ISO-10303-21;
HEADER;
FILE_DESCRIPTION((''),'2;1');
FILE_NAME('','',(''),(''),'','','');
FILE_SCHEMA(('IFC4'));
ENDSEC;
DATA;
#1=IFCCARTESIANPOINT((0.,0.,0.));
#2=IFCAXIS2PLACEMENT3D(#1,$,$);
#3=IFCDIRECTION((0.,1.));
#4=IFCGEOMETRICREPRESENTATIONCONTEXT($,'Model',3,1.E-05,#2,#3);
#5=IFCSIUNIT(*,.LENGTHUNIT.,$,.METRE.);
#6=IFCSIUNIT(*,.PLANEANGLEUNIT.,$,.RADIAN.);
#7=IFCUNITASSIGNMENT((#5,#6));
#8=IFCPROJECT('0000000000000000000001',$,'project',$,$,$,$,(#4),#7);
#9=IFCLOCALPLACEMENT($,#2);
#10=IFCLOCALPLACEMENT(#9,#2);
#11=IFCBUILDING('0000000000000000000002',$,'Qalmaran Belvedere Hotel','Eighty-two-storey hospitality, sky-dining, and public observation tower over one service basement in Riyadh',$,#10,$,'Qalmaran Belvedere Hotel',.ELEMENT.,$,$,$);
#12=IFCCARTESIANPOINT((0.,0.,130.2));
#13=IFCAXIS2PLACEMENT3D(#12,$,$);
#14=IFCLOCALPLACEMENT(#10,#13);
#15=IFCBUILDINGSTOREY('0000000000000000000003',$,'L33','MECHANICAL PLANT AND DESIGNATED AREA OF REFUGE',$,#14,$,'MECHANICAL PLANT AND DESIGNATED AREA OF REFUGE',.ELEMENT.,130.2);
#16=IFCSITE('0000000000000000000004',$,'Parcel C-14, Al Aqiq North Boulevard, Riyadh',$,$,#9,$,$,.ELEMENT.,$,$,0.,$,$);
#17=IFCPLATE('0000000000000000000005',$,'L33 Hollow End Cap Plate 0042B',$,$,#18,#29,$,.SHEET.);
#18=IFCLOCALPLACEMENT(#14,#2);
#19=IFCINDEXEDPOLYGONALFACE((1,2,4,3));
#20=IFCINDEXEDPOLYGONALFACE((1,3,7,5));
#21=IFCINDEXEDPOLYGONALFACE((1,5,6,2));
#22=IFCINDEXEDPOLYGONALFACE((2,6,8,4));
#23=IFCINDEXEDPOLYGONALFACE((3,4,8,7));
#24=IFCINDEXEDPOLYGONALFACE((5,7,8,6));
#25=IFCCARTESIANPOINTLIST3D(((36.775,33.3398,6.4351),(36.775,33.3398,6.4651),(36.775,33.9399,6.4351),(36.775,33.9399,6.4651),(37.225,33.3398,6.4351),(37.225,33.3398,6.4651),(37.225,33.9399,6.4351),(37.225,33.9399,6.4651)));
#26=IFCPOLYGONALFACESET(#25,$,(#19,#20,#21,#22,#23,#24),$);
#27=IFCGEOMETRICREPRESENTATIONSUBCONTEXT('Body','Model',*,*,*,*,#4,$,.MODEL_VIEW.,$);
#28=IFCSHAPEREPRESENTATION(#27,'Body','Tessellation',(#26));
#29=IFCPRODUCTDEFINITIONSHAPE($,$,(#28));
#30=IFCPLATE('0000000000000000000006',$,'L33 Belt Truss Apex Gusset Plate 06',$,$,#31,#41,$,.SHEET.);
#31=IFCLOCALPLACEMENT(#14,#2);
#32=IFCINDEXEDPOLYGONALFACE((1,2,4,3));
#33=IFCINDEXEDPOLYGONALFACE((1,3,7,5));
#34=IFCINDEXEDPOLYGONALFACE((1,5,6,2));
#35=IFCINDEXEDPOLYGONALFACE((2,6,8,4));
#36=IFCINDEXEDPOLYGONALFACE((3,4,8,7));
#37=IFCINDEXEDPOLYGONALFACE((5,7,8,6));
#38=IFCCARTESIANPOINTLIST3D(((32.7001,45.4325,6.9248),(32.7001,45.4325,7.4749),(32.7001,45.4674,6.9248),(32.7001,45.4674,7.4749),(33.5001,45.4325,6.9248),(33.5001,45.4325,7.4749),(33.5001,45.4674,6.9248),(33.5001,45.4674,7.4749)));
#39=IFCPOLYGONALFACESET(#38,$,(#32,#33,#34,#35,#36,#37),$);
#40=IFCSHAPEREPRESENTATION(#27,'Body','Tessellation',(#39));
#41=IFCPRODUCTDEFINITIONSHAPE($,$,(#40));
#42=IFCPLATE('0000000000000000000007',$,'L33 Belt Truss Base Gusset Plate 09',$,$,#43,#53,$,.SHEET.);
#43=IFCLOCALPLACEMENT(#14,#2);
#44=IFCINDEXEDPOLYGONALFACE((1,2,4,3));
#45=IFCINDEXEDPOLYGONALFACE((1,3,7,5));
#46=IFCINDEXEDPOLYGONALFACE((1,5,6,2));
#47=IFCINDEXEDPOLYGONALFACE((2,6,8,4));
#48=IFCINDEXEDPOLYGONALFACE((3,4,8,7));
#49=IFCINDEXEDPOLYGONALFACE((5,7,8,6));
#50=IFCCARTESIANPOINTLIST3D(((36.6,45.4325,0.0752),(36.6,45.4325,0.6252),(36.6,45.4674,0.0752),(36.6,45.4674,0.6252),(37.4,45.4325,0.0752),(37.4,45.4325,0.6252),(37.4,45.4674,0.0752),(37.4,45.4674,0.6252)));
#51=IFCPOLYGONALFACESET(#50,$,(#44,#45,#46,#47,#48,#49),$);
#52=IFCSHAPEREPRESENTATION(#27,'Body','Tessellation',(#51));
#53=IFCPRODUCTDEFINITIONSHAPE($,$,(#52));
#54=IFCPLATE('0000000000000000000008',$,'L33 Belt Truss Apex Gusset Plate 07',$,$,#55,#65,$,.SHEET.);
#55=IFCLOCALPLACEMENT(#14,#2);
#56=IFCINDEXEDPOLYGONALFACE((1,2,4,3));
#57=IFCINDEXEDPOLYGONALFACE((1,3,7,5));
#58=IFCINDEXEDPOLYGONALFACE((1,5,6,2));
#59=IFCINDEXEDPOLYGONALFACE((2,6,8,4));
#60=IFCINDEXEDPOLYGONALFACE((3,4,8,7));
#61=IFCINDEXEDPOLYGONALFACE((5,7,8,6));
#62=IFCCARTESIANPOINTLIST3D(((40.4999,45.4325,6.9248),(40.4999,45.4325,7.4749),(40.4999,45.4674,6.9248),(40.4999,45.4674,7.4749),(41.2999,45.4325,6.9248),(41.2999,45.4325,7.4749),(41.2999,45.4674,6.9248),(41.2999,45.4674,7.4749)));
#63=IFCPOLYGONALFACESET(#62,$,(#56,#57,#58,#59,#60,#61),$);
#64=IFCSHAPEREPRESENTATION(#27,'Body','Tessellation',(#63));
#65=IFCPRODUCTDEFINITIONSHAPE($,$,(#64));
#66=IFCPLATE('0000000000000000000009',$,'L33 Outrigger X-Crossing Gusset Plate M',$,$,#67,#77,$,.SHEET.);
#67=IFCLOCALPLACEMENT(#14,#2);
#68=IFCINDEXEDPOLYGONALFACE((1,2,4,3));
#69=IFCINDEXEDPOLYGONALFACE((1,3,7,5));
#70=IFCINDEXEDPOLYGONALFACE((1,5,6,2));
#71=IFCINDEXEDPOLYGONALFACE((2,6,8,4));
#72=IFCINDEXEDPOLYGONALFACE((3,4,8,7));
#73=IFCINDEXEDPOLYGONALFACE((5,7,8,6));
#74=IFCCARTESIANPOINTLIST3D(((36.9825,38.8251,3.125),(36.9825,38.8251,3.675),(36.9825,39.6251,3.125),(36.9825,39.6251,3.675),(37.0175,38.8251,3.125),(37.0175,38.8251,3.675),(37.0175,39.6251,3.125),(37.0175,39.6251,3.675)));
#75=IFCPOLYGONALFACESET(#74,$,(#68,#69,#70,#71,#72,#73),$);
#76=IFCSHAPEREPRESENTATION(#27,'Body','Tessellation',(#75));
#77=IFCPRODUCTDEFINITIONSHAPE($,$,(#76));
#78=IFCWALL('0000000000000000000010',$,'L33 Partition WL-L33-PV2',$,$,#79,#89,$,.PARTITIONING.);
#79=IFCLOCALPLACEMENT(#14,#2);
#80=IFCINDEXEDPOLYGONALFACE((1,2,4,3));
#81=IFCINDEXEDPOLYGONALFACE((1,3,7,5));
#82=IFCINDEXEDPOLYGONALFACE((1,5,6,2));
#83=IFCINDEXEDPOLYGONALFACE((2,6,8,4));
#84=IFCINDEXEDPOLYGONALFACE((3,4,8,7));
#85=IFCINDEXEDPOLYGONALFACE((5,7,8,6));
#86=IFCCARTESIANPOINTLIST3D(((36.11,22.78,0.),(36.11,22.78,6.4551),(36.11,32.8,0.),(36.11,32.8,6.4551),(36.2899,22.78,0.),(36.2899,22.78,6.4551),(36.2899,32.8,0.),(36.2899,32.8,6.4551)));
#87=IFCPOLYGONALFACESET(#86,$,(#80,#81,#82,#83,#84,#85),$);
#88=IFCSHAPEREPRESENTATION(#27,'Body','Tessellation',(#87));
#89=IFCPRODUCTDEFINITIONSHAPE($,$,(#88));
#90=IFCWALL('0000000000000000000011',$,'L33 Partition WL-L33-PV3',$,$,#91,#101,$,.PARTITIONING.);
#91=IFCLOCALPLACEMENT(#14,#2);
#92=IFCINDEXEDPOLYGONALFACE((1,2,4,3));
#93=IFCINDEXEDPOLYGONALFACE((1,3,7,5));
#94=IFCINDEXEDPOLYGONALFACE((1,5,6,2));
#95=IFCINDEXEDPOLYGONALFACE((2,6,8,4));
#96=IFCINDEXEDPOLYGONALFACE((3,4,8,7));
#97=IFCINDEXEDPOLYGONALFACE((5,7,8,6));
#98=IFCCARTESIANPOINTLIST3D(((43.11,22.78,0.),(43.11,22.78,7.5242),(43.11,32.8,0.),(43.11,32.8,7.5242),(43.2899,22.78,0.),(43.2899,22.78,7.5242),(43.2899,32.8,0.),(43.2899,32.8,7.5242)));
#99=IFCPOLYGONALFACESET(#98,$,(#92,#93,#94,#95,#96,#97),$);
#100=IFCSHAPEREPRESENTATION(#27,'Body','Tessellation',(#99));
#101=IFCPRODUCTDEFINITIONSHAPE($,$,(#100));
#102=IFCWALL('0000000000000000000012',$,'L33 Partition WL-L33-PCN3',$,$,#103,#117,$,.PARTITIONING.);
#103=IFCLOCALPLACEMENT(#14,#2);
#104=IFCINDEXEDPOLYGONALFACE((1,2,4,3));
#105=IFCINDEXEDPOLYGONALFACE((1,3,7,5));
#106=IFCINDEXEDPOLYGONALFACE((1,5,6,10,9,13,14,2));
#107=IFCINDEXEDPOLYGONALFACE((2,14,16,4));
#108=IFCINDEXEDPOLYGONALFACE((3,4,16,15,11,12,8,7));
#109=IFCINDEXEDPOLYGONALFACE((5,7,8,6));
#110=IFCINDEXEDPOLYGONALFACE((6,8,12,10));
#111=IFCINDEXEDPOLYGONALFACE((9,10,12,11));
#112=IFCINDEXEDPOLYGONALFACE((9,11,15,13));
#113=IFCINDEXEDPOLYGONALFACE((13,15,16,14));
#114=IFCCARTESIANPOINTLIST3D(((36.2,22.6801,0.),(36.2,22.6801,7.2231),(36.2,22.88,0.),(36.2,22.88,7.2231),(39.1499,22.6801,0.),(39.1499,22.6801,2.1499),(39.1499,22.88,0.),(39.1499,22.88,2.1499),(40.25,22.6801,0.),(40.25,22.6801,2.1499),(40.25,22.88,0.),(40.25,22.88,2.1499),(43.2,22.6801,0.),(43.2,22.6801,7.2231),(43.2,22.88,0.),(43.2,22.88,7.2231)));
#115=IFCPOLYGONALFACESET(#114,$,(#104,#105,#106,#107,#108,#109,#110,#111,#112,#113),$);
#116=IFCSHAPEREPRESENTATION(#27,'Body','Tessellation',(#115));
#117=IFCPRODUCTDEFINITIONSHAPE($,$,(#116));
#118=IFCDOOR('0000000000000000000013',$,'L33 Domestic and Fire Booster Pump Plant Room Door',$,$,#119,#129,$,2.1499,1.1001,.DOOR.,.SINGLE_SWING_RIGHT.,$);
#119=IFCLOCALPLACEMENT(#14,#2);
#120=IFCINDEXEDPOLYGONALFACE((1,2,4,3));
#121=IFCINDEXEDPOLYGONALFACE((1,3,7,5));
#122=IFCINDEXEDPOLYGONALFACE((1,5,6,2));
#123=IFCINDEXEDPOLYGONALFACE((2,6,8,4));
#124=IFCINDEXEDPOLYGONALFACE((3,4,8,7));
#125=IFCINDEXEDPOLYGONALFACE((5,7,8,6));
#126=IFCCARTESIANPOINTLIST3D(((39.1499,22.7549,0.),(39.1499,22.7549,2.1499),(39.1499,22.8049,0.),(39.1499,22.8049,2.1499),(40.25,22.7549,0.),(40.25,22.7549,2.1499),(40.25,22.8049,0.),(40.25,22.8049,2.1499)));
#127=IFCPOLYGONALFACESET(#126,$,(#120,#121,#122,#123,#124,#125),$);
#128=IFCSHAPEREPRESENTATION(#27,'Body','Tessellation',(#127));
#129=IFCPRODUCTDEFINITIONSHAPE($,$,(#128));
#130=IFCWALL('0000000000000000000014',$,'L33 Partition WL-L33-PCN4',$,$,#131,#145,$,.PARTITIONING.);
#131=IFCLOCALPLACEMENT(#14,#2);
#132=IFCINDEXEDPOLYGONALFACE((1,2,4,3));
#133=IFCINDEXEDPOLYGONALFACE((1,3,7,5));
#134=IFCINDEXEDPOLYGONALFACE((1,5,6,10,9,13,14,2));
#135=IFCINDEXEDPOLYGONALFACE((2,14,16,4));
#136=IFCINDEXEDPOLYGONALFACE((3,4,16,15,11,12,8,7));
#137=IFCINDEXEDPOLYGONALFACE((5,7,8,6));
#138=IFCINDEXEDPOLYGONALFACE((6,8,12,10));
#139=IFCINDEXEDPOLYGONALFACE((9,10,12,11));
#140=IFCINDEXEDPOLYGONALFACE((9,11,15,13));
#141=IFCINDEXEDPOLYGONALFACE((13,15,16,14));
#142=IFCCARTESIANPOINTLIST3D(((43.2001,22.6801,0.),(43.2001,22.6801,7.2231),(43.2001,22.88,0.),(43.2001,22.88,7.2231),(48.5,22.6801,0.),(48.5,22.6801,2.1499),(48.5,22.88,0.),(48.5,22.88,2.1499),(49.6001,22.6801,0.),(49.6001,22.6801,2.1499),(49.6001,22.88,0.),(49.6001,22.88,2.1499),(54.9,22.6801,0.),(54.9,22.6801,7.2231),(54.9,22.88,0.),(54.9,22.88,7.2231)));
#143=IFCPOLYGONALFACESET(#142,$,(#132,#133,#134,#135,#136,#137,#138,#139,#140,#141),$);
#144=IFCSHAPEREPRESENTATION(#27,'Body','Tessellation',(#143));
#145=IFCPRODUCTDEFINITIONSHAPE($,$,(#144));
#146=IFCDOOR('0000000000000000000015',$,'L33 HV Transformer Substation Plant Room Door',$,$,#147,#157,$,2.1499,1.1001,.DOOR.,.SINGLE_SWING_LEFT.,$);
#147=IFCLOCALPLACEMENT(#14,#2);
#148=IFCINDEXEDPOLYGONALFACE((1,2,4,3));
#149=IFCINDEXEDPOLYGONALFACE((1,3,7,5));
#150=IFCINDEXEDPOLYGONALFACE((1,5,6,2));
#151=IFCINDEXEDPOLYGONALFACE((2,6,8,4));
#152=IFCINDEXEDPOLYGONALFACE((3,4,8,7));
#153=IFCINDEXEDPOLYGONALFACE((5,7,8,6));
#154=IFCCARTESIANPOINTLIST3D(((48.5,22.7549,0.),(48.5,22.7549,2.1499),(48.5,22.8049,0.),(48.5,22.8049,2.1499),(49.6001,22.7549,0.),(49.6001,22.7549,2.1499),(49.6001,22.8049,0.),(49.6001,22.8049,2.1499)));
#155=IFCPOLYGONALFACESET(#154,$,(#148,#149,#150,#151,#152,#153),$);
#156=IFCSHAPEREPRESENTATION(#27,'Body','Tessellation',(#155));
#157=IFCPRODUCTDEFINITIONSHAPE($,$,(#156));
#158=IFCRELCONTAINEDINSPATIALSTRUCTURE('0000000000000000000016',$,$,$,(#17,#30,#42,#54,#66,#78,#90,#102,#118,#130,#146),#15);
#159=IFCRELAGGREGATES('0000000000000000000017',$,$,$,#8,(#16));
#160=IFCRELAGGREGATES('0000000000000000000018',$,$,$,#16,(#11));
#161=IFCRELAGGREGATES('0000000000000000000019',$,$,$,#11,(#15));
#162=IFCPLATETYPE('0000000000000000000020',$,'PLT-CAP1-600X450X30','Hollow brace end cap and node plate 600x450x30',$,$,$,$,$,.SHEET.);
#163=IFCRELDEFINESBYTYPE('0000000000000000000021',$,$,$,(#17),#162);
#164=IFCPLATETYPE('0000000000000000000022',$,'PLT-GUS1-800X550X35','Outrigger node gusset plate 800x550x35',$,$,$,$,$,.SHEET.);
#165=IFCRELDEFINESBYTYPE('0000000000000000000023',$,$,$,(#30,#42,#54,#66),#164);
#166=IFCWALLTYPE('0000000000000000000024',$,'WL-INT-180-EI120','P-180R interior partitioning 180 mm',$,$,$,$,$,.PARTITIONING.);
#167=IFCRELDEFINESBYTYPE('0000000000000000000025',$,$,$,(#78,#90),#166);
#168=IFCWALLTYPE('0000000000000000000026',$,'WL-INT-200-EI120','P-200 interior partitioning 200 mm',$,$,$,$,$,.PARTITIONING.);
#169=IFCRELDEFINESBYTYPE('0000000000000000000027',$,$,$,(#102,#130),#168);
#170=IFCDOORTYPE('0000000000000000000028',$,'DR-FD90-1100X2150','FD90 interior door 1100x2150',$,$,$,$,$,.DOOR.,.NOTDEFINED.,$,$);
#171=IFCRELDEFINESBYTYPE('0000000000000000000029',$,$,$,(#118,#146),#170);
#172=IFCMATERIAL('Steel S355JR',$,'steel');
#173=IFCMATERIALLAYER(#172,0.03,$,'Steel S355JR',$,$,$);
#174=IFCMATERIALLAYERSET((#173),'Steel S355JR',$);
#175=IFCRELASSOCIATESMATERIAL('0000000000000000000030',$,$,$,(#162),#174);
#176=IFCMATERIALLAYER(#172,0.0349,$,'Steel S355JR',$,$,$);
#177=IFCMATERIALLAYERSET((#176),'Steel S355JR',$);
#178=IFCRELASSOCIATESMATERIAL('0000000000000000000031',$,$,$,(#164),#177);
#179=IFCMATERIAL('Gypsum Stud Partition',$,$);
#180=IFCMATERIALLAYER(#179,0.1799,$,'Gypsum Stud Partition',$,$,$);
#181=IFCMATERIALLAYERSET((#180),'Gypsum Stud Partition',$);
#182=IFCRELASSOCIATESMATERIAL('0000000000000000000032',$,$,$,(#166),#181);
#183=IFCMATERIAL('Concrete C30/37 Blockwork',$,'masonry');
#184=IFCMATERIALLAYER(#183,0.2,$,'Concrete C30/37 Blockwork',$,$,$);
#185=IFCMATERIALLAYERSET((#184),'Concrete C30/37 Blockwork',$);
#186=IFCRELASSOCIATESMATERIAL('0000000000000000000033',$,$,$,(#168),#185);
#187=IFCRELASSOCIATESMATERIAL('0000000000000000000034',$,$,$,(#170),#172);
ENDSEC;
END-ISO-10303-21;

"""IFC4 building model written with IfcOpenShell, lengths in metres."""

from ifc_helpers import new_model, si_unit, direction, frame, frame_2d, origin, origin_2d, place, context, subcontext, project, spatial, rectangle, extrude, material, layer, layer_set, type_object, element, fill, save


model = new_model("IFC4")

# Units and contexts
model_context = context("Model", 3, precision=1e-05, world=origin(), true_north=direction((0.0, 1.0)))
body_context = subcontext(model_context, "Body", "Model", "MODEL_VIEW")
ifc_project = project(units=[si_unit("LENGTHUNIT", "METRE"), si_unit("PLANEANGLEUNIT", "RADIAN")], contexts=[model_context])

# Site, building, storey
site_placement = place(None, origin())
site = spatial("IfcSite", under=ifc_project, at=site_placement, Name="Parcel C-14, Al Aqiq North Boulevard, Riyadh", CompositionType="ELEMENT", RefElevation=0.0)
building_placement = place(site_placement, origin())
building = spatial("IfcBuilding", under=site, at=building_placement, Name="Qalmaran Belvedere Hotel", Description="Eighty-two-storey hospitality, sky-dining, and public observation tower over one service basement in Riyadh", LongName="Qalmaran Belvedere Hotel", CompositionType="ELEMENT")
storey_placement = place(building_placement, frame((0.0, 0.0, 130.2)))
storey = spatial("IfcBuildingStorey", under=building, at=storey_placement, Name="L33", Description="MECHANICAL PLANT AND DESIGNATED AREA OF REFUGE", LongName="MECHANICAL PLANT AND DESIGNATED AREA OF REFUGE", CompositionType="ELEMENT", Elevation=130.2)

# Shared definitions
ifc_material_1 = material(Name="Steel S355JR", Category="steel")

# Plates
ifc_layer_1 = layer(ifc_material_1, 0.03, Name="Steel S355JR")
ifc_layer_set_1 = layer_set([ifc_layer_1], Name="Steel S355JR")
plate_type_1 = type_object("IfcPlateType", Name="PLT-CAP1-600X450X30", Description="Hollow brace end cap and node plate 600x450x30", PredefinedType="SHEET", material=ifc_layer_set_1)
for number, where, z_axis, x_axis, name in (
    (1, (37.0, 33.6399, 6.4351), (0.0, 0.0, 1.0), (0.0, -1.0, 0.0), "L33 Hollow End Cap Plate 0042B"),
):
    element("IfcPlate", number, at=place(storey_placement, frame(where, z_axis=z_axis, x_axis=x_axis)), inside=storey, type_object=plate_type_1, Name=name, PredefinedType="SHEET", context=body_context, shape_type="SweptSolid", body=[
        extrude(rectangle(XDim=0.6001, YDim=0.45, at=origin_2d()), origin(), (0.0, 0.0, 1.0), 0.03),
    ])
ifc_layer_2 = layer(ifc_material_1, 0.0349, Name="Steel S355JR")
ifc_layer_set_2 = layer_set([ifc_layer_2], Name="Steel S355JR")
plate_type_2 = type_object("IfcPlateType", Name="PLT-GUS1-800X550X35", Description="Outrigger node gusset plate 800x550x35", PredefinedType="SHEET", material=ifc_layer_set_2)
for number, where, z_axis, x_axis, name in (
    (2, (33.1001, 45.45, 6.9248), (0.0, 0.0, 1.0), (1.0, 0.0, 0.0), "L33 Belt Truss Apex Gusset Plate 06"),
    (3, (37.0, 45.45, 0.0752), (0.0, 0.0, 1.0), (1.0, 0.0, 0.0), "L33 Belt Truss Base Gusset Plate 09"),
    (4, (40.8999, 45.45, 6.9248), (0.0, 0.0, 1.0), (1.0, 0.0, 0.0), "L33 Belt Truss Apex Gusset Plate 07"),
    (5, (37.0, 39.2251, 3.125), (0.0, 0.0, 1.0), (0.0, 1.0, 0.0), "L33 Outrigger X-Crossing Gusset Plate M"),
):
    element("IfcPlate", number, at=place(storey_placement, frame(where, z_axis=z_axis, x_axis=x_axis)), inside=storey, type_object=plate_type_2, Name=name, PredefinedType="SHEET", context=body_context, shape_type="SweptSolid", body=[
        extrude(rectangle(XDim=0.8, YDim=0.0349, at=origin_2d()), origin(), (0.0, 0.0, 1.0), 0.55),
    ])

# Walls
ifc_material_2 = material(Name="Gypsum Stud Partition")
ifc_layer_3 = layer(ifc_material_2, 0.1799, Name="Gypsum Stud Partition")
ifc_layer_set_3 = layer_set([ifc_layer_3], Name="Gypsum Stud Partition")
wall_type_1 = type_object("IfcWallType", Name="WL-INT-180-EI120", Description="P-180R interior partitioning 180 mm", PredefinedType="PARTITIONING", material=ifc_layer_set_3)
wall_1_placement = place(storey_placement, frame((36.2, 22.78, 0.0), z_axis=(0.0, 0.0, 1.0), x_axis=(0.0, 1.0, 0.0)))
element("IfcWall", 6, at=wall_1_placement, inside=storey, type_object=wall_type_1, Name="L33 Partition WL-L33-PV2", PredefinedType="PARTITIONING", context=body_context, shape_type="SweptSolid", body=[
    extrude(rectangle(XDim=10.02, YDim=0.1799, at=frame_2d((5.01, 0.0))), origin(), (0.0, 0.0, 1.0), 6.4551),
])
wall_2_placement = place(storey_placement, frame((43.2, 22.78, 0.0), z_axis=(0.0, 0.0, 1.0), x_axis=(0.0, 1.0, 0.0)))
element("IfcWall", 7, at=wall_2_placement, inside=storey, type_object=wall_type_1, Name="L33 Partition WL-L33-PV3", PredefinedType="PARTITIONING", context=body_context, shape_type="SweptSolid", body=[
    extrude(rectangle(XDim=10.02, YDim=0.1799, at=frame_2d((5.01, 0.0))), origin(), (0.0, 0.0, 1.0), 7.5242),
])

# Walls, openings, doors
ifc_material_3 = material(Name="Concrete C30/37 Blockwork", Category="masonry")
ifc_layer_4 = layer(ifc_material_3, 0.2, Name="Concrete C30/37 Blockwork")
ifc_layer_set_4 = layer_set([ifc_layer_4], Name="Concrete C30/37 Blockwork")
wall_type_2 = type_object("IfcWallType", Name="WL-INT-200-EI120", Description="P-200 interior partitioning 200 mm", PredefinedType="PARTITIONING", material=ifc_layer_set_4)
wall_3_placement = place(storey_placement, frame((36.2, 22.78, 0.0), z_axis=(0.0, 0.0, 1.0), x_axis=(1.0, 0.0, 0.0)))
wall_3 = element("IfcWall", 8, at=wall_3_placement, inside=storey, type_object=wall_type_2, Name="L33 Partition WL-L33-PCN3", PredefinedType="PARTITIONING", context=body_context, shape_type="SweptSolid", body=[
    extrude(rectangle(XDim=7.0, YDim=0.2, at=frame_2d((3.5, 0.0))), origin(), (0.0, 0.0, 1.0), 7.2231),
])
opening_1_placement = place(wall_3_placement, frame((2.95, 0.0, 0.0)))
opening_1 = element("IfcOpeningElement", 9, at=opening_1_placement, cuts=wall_3, PredefinedType="OPENING", context=body_context, shape_type="SweptSolid", body=[
    extrude(rectangle(XDim=1.1001, YDim=2.1499, at=frame_2d((0.55, 1.075))), frame((0.0, 0.1099, 0.0), z_axis=(0.0, -1.0, 0.0), x_axis=(1.0, 0.0, 0.0)), (0.0, 0.0, 1.0), 0.22),
])
door_type = type_object("IfcDoorType", Name="DR-FD90-1100X2150", Description="FD90 interior door 1100x2150", OperationType="NOTDEFINED", PredefinedType="DOOR", material=ifc_material_1)
door_1_placement = place(opening_1_placement, origin())
door_1 = element("IfcDoor", 10, at=door_1_placement, inside=storey, type_object=door_type, Name="L33 Domestic and Fire Booster Pump Plant Room Door", OperationType="SINGLE_SWING_RIGHT", OverallHeight=2.1499, OverallWidth=1.1001, PredefinedType="DOOR", context=body_context, shape_type="SweptSolid", body=[
    extrude(rectangle(XDim=1.1001, YDim=2.1499, at=frame_2d((0.55, 1.075))), frame((0.0, 0.0249, 0.0), z_axis=(0.0, -1.0, 0.0), x_axis=(1.0, 0.0, 0.0)), (0.0, 0.0, 1.0), 0.05),
])
fill(opening_1, door_1)
wall_4_placement = place(storey_placement, frame((43.2, 22.78, 0.0), z_axis=(0.0, 0.0, 1.0), x_axis=(1.0, 0.0, 0.0)))
wall_4 = element("IfcWall", 11, at=wall_4_placement, inside=storey, type_object=wall_type_2, Name="L33 Partition WL-L33-PCN4", PredefinedType="PARTITIONING", context=body_context, shape_type="SweptSolid", body=[
    extrude(rectangle(XDim=11.7, YDim=0.2, at=frame_2d((5.8501, 0.0))), origin(), (0.0, 0.0, 1.0), 7.2231),
])
opening_2_placement = place(wall_4_placement, frame((5.3, 0.0, 0.0)))
opening_2 = element("IfcOpeningElement", 12, at=opening_2_placement, cuts=wall_4, PredefinedType="OPENING", context=body_context, shape_type="SweptSolid", body=[
    extrude(rectangle(XDim=1.1001, YDim=2.1499, at=frame_2d((0.55, 1.075))), frame((0.0, 0.1099, 0.0), z_axis=(0.0, -1.0, 0.0), x_axis=(1.0, 0.0, 0.0)), (0.0, 0.0, 1.0), 0.22),
])
door_2_placement = place(opening_2_placement, origin())
door_2 = element("IfcDoor", 13, at=door_2_placement, inside=storey, type_object=door_type, Name="L33 HV Transformer Substation Plant Room Door", OperationType="SINGLE_SWING_LEFT", OverallHeight=2.1499, OverallWidth=1.1001, PredefinedType="DOOR", context=body_context, shape_type="SweptSolid", body=[
    extrude(rectangle(XDim=1.1001, YDim=2.1499, at=frame_2d((0.55, 1.075))), frame((0.0, 0.0249, 0.0), z_axis=(0.0, -1.0, 0.0), x_axis=(1.0, 0.0, 0.0)), (0.0, 0.0, 1.0), 0.05),
])
fill(opening_2, door_2)

save(model, "model.ifc")
